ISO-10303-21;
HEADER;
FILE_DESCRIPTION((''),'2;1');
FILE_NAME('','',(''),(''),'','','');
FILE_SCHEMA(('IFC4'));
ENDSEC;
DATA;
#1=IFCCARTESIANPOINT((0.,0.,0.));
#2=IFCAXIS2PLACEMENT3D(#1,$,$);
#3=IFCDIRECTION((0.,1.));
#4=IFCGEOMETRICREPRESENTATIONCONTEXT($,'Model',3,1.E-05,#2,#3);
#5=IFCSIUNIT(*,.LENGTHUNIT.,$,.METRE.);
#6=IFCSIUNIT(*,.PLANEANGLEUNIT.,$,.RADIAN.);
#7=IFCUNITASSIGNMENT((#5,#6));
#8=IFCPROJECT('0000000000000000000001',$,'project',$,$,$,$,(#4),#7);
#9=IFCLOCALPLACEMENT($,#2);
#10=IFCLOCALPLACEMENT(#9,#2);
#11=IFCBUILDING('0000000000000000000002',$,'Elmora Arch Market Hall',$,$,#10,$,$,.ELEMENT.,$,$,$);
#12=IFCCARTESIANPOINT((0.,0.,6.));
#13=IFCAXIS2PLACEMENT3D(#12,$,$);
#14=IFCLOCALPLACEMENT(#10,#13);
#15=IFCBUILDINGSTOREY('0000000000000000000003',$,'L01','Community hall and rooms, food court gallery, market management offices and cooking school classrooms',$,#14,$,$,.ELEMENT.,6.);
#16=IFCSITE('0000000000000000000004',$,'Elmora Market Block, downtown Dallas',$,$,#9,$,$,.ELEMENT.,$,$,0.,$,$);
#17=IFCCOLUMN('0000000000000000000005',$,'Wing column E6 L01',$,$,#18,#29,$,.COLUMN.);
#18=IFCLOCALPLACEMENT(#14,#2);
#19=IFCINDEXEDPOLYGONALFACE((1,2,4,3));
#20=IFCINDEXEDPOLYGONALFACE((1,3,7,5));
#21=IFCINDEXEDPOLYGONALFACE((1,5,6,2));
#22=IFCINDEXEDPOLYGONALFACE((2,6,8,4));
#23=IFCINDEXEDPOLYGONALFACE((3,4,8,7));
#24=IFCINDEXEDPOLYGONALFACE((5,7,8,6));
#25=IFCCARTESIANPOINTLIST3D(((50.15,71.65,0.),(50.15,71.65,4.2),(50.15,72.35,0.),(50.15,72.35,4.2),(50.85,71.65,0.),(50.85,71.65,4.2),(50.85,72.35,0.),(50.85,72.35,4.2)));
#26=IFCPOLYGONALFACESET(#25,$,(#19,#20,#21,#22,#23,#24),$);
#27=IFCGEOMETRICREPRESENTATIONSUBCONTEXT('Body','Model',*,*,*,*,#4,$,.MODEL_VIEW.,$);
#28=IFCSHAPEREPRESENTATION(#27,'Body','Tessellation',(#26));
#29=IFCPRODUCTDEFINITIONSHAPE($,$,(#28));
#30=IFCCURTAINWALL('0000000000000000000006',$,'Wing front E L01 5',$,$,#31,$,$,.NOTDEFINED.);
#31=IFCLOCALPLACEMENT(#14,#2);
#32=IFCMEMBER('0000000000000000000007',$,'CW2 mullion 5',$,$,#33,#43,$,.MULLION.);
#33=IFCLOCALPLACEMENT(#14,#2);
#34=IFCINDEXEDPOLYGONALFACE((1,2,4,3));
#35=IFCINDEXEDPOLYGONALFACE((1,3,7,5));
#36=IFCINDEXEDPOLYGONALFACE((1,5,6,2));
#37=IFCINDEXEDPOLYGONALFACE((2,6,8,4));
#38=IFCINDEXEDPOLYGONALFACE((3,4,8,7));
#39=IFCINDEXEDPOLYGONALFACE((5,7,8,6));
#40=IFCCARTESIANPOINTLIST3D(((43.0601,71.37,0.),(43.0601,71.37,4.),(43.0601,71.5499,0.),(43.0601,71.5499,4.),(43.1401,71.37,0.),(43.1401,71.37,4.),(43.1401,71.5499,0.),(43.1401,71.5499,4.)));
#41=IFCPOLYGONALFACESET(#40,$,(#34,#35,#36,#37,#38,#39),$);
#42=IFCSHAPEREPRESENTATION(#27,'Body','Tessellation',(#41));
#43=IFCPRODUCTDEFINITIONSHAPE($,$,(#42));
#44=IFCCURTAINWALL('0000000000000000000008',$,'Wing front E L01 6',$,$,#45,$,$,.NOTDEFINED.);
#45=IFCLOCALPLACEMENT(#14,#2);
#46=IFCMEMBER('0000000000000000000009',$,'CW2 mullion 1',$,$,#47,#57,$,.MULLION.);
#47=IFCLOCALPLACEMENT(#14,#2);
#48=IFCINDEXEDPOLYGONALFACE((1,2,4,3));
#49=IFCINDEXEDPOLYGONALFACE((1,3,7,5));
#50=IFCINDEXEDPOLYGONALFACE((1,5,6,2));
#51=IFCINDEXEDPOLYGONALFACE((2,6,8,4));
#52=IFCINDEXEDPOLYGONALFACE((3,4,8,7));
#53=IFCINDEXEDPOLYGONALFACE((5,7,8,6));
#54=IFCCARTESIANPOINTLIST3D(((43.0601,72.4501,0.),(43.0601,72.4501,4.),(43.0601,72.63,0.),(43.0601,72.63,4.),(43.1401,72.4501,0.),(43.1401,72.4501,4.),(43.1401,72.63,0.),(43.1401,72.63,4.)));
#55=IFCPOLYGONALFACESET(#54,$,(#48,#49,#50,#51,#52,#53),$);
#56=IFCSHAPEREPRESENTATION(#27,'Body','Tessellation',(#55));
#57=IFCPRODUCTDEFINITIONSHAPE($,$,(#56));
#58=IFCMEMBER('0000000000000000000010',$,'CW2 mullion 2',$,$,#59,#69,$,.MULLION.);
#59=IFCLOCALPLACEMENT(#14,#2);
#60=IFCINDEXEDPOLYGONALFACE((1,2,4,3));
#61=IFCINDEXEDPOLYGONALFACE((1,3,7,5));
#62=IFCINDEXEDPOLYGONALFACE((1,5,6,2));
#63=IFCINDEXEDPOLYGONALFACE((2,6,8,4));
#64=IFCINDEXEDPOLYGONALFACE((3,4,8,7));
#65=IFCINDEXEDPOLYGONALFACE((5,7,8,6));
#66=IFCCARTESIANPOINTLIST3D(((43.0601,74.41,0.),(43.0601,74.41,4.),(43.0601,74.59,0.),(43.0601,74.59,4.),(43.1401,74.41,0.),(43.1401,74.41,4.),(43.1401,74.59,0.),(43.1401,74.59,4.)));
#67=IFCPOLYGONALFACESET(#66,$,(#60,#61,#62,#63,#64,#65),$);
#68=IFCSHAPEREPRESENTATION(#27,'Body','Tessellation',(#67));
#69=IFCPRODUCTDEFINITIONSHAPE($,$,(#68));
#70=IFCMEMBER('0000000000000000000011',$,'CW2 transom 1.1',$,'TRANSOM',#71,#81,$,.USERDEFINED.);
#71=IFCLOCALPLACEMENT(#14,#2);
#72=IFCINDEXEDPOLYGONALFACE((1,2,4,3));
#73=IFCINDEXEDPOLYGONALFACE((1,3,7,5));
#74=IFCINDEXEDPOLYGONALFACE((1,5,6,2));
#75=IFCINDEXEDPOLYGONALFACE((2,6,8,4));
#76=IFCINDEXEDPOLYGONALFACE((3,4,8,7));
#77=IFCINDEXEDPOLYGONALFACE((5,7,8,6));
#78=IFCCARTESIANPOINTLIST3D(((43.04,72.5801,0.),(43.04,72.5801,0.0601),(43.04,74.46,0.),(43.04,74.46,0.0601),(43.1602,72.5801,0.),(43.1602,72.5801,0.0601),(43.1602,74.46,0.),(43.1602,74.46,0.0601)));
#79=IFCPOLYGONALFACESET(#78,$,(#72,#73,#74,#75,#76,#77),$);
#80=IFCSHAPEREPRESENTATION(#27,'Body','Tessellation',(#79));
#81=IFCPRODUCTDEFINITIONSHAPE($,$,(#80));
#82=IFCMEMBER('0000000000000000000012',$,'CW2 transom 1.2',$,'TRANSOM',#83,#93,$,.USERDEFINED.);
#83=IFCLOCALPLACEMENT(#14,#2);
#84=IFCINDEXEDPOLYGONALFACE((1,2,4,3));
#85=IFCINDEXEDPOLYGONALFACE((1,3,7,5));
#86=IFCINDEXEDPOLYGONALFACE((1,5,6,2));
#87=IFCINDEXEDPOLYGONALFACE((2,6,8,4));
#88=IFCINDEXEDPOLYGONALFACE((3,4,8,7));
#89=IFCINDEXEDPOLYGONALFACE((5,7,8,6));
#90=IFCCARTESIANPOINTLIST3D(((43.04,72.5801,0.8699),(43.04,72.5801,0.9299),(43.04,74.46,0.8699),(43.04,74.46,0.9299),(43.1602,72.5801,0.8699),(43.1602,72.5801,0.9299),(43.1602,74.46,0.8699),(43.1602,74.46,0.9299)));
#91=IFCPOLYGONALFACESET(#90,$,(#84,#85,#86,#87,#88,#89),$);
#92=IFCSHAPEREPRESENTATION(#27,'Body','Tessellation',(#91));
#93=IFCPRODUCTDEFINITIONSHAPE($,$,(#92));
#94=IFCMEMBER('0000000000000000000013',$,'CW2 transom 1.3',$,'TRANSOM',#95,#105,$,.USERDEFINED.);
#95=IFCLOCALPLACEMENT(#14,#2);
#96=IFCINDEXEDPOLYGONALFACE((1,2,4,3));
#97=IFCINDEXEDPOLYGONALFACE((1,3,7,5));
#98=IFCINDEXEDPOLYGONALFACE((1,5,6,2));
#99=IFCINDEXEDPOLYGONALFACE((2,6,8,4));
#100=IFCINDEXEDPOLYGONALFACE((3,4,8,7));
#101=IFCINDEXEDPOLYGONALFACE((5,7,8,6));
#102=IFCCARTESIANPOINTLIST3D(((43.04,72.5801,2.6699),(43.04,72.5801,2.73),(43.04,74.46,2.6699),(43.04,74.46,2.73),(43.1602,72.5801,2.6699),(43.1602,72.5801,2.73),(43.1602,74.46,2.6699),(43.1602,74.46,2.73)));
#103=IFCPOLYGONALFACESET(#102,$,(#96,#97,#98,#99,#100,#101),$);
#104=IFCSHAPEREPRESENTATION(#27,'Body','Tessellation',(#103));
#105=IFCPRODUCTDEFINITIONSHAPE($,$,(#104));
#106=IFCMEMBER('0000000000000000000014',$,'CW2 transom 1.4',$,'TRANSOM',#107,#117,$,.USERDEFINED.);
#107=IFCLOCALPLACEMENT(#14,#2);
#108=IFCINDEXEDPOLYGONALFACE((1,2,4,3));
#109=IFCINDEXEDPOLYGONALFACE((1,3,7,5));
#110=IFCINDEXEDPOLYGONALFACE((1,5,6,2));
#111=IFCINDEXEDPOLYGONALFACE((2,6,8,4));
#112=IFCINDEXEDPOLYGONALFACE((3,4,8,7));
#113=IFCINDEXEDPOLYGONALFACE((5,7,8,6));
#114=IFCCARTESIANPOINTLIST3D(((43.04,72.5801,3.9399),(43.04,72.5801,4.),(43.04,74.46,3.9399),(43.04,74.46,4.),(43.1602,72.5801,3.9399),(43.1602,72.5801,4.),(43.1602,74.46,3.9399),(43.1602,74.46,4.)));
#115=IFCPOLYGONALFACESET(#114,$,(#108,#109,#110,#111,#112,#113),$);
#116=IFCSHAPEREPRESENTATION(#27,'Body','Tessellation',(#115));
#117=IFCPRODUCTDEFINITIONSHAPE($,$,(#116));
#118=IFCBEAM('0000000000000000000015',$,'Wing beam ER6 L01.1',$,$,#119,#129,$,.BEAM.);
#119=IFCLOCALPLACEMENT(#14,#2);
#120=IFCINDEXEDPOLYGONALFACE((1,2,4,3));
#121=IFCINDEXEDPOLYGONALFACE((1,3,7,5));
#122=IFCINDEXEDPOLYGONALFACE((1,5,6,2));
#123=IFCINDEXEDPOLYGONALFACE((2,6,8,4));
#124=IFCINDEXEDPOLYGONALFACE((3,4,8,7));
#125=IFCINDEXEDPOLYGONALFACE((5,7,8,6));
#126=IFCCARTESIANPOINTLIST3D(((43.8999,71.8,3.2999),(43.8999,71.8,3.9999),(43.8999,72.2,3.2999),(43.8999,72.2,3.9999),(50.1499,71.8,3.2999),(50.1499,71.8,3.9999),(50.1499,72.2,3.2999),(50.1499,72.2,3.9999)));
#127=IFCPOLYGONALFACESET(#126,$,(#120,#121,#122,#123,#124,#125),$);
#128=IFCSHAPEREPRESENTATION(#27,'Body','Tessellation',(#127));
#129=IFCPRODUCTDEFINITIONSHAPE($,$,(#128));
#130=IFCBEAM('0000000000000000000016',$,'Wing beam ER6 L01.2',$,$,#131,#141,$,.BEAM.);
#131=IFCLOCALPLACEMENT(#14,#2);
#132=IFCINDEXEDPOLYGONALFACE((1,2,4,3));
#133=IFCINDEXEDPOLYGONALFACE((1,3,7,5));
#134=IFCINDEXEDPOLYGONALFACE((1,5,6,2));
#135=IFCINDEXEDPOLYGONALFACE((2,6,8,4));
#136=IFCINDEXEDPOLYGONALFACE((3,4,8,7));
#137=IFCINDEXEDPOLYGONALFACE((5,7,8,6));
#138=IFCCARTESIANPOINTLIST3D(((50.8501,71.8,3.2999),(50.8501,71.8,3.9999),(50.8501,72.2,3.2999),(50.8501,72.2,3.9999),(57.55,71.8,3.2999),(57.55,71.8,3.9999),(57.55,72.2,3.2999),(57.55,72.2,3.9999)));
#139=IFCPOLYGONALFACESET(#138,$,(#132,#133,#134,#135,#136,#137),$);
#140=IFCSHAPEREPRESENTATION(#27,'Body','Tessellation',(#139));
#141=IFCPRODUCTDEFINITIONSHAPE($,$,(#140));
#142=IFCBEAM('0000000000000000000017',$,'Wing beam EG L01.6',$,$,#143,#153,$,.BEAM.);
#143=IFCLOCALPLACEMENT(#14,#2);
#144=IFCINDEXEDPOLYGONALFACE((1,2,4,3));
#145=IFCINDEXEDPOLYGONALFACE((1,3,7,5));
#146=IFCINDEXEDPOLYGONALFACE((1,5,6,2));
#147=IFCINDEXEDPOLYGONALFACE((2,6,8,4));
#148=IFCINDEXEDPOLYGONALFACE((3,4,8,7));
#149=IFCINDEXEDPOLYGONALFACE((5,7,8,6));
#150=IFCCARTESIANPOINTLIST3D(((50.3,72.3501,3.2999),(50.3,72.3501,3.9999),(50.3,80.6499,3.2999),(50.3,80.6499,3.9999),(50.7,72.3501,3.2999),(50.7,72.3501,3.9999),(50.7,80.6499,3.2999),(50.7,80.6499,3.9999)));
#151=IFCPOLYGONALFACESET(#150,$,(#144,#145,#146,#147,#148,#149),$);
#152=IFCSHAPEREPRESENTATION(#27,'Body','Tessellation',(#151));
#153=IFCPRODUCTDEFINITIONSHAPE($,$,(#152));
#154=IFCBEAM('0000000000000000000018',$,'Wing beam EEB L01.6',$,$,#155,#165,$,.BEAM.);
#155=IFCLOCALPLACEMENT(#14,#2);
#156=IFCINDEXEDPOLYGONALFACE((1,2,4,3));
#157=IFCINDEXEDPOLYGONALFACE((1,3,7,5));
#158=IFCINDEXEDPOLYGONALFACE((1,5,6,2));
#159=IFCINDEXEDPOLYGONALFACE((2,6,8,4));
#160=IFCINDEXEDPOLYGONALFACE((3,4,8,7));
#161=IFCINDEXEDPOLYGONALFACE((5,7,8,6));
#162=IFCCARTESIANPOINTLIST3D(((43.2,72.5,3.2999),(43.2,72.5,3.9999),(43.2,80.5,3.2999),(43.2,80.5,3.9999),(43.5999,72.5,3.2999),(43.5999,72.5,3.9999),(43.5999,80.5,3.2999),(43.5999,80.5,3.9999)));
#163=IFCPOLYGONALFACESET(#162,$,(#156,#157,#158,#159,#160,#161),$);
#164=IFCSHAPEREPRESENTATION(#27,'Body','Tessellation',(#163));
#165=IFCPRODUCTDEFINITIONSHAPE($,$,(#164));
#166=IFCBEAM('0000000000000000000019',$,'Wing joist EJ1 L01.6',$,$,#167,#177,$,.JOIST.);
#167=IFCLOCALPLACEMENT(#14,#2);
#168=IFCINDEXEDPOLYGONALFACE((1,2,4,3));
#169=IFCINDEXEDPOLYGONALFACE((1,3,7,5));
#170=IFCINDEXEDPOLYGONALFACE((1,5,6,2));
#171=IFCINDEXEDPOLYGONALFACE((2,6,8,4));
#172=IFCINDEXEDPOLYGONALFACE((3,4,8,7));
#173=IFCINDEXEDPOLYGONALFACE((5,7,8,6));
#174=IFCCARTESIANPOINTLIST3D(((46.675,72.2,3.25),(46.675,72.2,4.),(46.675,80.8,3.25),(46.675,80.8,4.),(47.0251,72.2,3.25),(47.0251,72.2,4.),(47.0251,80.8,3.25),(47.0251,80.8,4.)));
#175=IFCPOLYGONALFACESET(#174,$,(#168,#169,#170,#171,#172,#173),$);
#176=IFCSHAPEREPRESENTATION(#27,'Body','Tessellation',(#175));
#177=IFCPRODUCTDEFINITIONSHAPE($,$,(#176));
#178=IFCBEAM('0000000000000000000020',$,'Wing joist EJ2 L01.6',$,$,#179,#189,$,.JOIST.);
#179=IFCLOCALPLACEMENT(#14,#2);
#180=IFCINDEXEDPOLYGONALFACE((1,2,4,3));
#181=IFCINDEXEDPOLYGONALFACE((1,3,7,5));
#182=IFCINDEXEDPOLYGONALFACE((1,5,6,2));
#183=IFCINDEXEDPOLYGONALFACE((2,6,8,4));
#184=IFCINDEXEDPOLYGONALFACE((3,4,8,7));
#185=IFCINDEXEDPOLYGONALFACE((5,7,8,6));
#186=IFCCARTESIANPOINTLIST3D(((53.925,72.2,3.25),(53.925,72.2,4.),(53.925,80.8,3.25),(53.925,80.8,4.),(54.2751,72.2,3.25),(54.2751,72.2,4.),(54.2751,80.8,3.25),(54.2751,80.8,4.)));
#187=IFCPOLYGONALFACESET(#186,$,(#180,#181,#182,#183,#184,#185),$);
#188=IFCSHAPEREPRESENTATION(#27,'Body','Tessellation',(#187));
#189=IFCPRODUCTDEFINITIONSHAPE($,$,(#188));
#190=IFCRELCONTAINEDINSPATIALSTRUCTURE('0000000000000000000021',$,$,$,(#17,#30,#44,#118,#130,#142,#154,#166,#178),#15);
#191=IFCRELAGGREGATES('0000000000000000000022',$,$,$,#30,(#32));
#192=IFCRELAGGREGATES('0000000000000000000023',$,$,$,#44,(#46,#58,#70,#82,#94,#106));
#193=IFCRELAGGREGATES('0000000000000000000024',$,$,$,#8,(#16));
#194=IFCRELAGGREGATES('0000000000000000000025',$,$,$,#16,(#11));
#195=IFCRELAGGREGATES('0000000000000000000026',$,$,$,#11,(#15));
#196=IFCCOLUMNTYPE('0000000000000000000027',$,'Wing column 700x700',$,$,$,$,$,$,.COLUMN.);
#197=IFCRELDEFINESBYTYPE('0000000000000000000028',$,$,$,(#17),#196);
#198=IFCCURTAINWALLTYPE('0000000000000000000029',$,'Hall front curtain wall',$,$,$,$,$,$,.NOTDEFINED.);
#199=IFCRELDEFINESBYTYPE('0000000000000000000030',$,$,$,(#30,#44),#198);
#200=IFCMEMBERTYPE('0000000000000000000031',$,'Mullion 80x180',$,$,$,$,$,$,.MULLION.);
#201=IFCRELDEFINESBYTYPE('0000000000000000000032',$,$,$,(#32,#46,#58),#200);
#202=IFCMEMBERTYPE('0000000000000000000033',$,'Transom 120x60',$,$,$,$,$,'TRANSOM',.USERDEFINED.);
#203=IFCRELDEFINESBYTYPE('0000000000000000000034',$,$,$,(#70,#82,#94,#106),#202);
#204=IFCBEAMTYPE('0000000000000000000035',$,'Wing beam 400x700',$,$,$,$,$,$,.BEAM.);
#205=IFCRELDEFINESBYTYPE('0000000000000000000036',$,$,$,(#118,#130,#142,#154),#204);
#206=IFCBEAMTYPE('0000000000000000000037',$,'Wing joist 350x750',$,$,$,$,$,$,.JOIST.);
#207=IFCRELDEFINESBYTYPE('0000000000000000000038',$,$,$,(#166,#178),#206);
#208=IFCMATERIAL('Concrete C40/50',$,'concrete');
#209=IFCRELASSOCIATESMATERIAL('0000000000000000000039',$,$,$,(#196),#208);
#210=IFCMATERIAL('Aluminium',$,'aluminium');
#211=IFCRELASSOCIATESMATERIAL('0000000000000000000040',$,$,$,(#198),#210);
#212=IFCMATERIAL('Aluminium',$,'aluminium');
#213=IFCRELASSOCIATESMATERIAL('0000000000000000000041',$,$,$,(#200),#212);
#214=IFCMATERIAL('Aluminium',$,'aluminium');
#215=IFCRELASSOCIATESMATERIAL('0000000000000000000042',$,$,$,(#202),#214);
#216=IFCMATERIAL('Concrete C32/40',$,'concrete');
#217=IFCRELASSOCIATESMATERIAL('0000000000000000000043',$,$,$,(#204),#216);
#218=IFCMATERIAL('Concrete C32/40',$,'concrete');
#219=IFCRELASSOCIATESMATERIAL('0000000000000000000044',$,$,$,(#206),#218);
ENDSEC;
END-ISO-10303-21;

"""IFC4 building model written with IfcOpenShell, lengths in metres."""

from ifc_helpers import new_model, si_unit, direction, frame, origin, origin_2d, place, context, subcontext, project, spatial, rectangle, extrude, material, material_profile, profile_set, type_object, element, aggregate, save


model = new_model("IFC4")

# Units and contexts
model_context = context("Model", 3, precision=1e-05, world=origin(), true_north=direction((0.0, 1.0)))
body_context = subcontext(model_context, "Body", "Model", "MODEL_VIEW")
ifc_project = project(units=[si_unit("LENGTHUNIT", "METRE"), si_unit("PLANEANGLEUNIT", "RADIAN")], contexts=[model_context])

# Site, building, storey
site_placement = place(None, origin())
site = spatial("IfcSite", under=ifc_project, at=site_placement, Name="Elmora Market Block, downtown Dallas", CompositionType="ELEMENT", RefElevation=0.0)
building_placement = place(site_placement, origin())
building = spatial("IfcBuilding", under=site, at=building_placement, Name="Elmora Arch Market Hall", CompositionType="ELEMENT")
storey_placement = place(building_placement, frame((0.0, 0.0, 6.0)))
storey = spatial("IfcBuildingStorey", under=building, at=storey_placement, Name="L01", Description="Community hall and rooms, food court gallery, market management offices and cooking school classrooms", CompositionType="ELEMENT", Elevation=6.0)

# Column
ifc_material_1 = material(Name="Concrete C40/50", Category="concrete")
ifc_material_profile_1 = material_profile(ifc_material_1, rectangle(XDim=0.7, YDim=0.7, at=origin_2d()), Name="Wing column 700x700")
ifc_profile_set_1 = profile_set([ifc_material_profile_1], Name="Concrete C40/50")
column_type = type_object("IfcColumnType", Name="Wing column 700x700", PredefinedType="COLUMN", material=ifc_profile_set_1)
column_placement = place(storey_placement, frame((50.5, 72.0, 0.0), z_axis=(0.0, 0.0, 1.0), x_axis=(1.0, 0.0, 0.0)))
element("IfcColumn", 1, at=column_placement, inside=storey, type_object=column_type, Name="Wing column E6 L01", PredefinedType="COLUMN", context=body_context, shape_type="SweptSolid", body=[
    extrude(rectangle(XDim=0.7, YDim=0.7, at=origin_2d()), origin(), (0.0, 0.0, 1.0), 4.2),
])

# Curtain wall, member
ifc_material_2 = material(Name="Aluminium", Category="aluminium")
curtain_wall_type = type_object("IfcCurtainWallType", Name="Hall front curtain wall", PredefinedType="NOTDEFINED", material=ifc_material_2)
curtain_wall_1_placement = place(storey_placement, origin())
curtain_wall_1 = element("IfcCurtainWall", 2, at=curtain_wall_1_placement, inside=storey, type_object=curtain_wall_type, Name="Wing front E L01 5", PredefinedType="NOTDEFINED")
ifc_material_3 = material(Name="Aluminium", Category="aluminium")
ifc_material_profile_2 = material_profile(ifc_material_3, rectangle(XDim=0.0801, YDim=0.1799, at=origin_2d()), Name="AL 80x180")
ifc_profile_set_2 = profile_set([ifc_material_profile_2], Name="Aluminium")
member_type_1 = type_object("IfcMemberType", Name="Mullion 80x180", PredefinedType="MULLION", material=ifc_profile_set_2)
member_1_placement = place(storey_placement, frame((43.1001, 71.46, 0.0), z_axis=(0.0, 0.0, 1.0), x_axis=(-1.0, 0.0, 0.0)))
member_1 = element("IfcMember", 3, at=member_1_placement, type_object=member_type_1, Name="CW2 mullion 5", PredefinedType="MULLION", context=body_context, shape_type="SweptSolid", body=[
    extrude(rectangle(XDim=0.0801, YDim=0.1799, at=origin_2d()), origin(), (0.0, 0.0, 1.0), 4.0),
])

# Curtain wall, members
curtain_wall_2_placement = place(storey_placement, origin())
curtain_wall_2 = element("IfcCurtainWall", 4, at=curtain_wall_2_placement, inside=storey, type_object=curtain_wall_type, Name="Wing front E L01 6", PredefinedType="NOTDEFINED")
member_2_placement = place(storey_placement, frame((43.1001, 72.54, 0.0), z_axis=(0.0, 0.0, 1.0), x_axis=(-1.0, 0.0, 0.0)))
member_2 = element("IfcMember", 5, at=member_2_placement, type_object=member_type_1, Name="CW2 mullion 1", PredefinedType="MULLION", context=body_context, shape_type="SweptSolid", body=[
    extrude(rectangle(XDim=0.0801, YDim=0.1799, at=origin_2d()), origin(), (0.0, 0.0, 1.0), 4.0),
])
member_3_placement = place(storey_placement, frame((43.1001, 74.5, 0.0), z_axis=(0.0, 0.0, 1.0), x_axis=(-1.0, 0.0, 0.0)))
member_3 = element("IfcMember", 6, at=member_3_placement, type_object=member_type_1, Name="CW2 mullion 2", PredefinedType="MULLION", context=body_context, shape_type="SweptSolid", body=[
    extrude(rectangle(XDim=0.0801, YDim=0.1799, at=origin_2d()), origin(), (0.0, 0.0, 1.0), 4.0),
])
ifc_material_4 = material(Name="Aluminium", Category="aluminium")
ifc_material_profile_3 = material_profile(ifc_material_4, rectangle(XDim=0.1201, YDim=0.0601, at=origin_2d()), Name="AL 120x60")
ifc_profile_set_3 = profile_set([ifc_material_profile_3], Name="Aluminium")
member_type_2 = type_object("IfcMemberType", Name="Transom 120x60", ElementType="TRANSOM", PredefinedType="USERDEFINED", material=ifc_profile_set_3)
member_4_placement = place(storey_placement, frame((43.1001, 72.5801, 0.03), z_axis=(0.0, 1.0, 0.0), x_axis=(-1.0, 0.0, 0.0)))
member_4 = element("IfcMember", 7, at=member_4_placement, type_object=member_type_2, Name="CW2 transom 1.1", ObjectType="TRANSOM", PredefinedType="USERDEFINED", context=body_context, shape_type="SweptSolid", body=[
    extrude(rectangle(XDim=0.1201, YDim=0.0601, at=origin_2d()), origin(), (0.0, 0.0, 1.0), 1.8799),
])
member_5_placement = place(storey_placement, frame((43.1001, 72.5801, 0.8999), z_axis=(0.0, 1.0, 0.0), x_axis=(-1.0, 0.0, 0.0)))
member_5 = element("IfcMember", 8, at=member_5_placement, type_object=member_type_2, Name="CW2 transom 1.2", ObjectType="TRANSOM", PredefinedType="USERDEFINED", context=body_context, shape_type="SweptSolid", body=[
    extrude(rectangle(XDim=0.1201, YDim=0.0601, at=origin_2d()), origin(), (0.0, 0.0, 1.0), 1.8799),
])
member_6_placement = place(storey_placement, frame((43.1001, 72.5801, 2.7), z_axis=(0.0, 1.0, 0.0), x_axis=(-1.0, 0.0, 0.0)))
member_6 = element("IfcMember", 9, at=member_6_placement, type_object=member_type_2, Name="CW2 transom 1.3", ObjectType="TRANSOM", PredefinedType="USERDEFINED", context=body_context, shape_type="SweptSolid", body=[
    extrude(rectangle(XDim=0.1201, YDim=0.0601, at=origin_2d()), origin(), (0.0, 0.0, 1.0), 1.8799),
])
member_7_placement = place(storey_placement, frame((43.1001, 72.5801, 3.97), z_axis=(0.0, 1.0, 0.0), x_axis=(-1.0, 0.0, 0.0)))
member_7 = element("IfcMember", 10, at=member_7_placement, type_object=member_type_2, Name="CW2 transom 1.4", ObjectType="TRANSOM", PredefinedType="USERDEFINED", context=body_context, shape_type="SweptSolid", body=[
    extrude(rectangle(XDim=0.1201, YDim=0.0601, at=origin_2d()), origin(), (0.0, 0.0, 1.0), 1.8799),
])

# Beams
ifc_material_5 = material(Name="Concrete C32/40", Category="concrete")
ifc_material_profile_4 = material_profile(ifc_material_5, rectangle(XDim=0.3999, YDim=0.7, at=origin_2d()), Name="Wing beam 400x700")
ifc_profile_set_4 = profile_set([ifc_material_profile_4], Name="Concrete C32/40")
beam_type_1 = type_object("IfcBeamType", Name="Wing beam 400x700", PredefinedType="BEAM", material=ifc_profile_set_4)
beam_1_placement = place(storey_placement, frame((43.8999, 72.0, 3.6499), z_axis=(1.0, 0.0, 0.0), x_axis=(0.0, 1.0, 0.0)))
element("IfcBeam", 11, at=beam_1_placement, inside=storey, type_object=beam_type_1, Name="Wing beam ER6 L01.1", PredefinedType="BEAM", context=body_context, shape_type="SweptSolid", body=[
    extrude(rectangle(XDim=0.3999, YDim=0.7, at=origin_2d()), origin(), (0.0, 0.0, 1.0), 6.25),
])
beam_2_placement = place(storey_placement, frame((50.8501, 72.0, 3.6499), z_axis=(1.0, 0.0, 0.0), x_axis=(0.0, 1.0, 0.0)))
element("IfcBeam", 12, at=beam_2_placement, inside=storey, type_object=beam_type_1, Name="Wing beam ER6 L01.2", PredefinedType="BEAM", context=body_context, shape_type="SweptSolid", body=[
    extrude(rectangle(XDim=0.3999, YDim=0.7, at=origin_2d()), origin(), (0.0, 0.0, 1.0), 6.7),
])
beam_3_placement = place(storey_placement, frame((50.5, 72.3501, 3.6499), z_axis=(0.0, 1.0, 0.0), x_axis=(-1.0, 0.0, 0.0)))
element("IfcBeam", 13, at=beam_3_placement, inside=storey, type_object=beam_type_1, Name="Wing beam EG L01.6", PredefinedType="BEAM", context=body_context, shape_type="SweptSolid", body=[
    extrude(rectangle(XDim=0.3999, YDim=0.7, at=origin_2d()), origin(), (0.0, 0.0, 1.0), 8.2998),
])
beam_4_placement = place(storey_placement, frame((43.3999, 72.5, 3.6499), z_axis=(0.0, 1.0, 0.0), x_axis=(-1.0, 0.0, 0.0)))
element("IfcBeam", 14, at=beam_4_placement, inside=storey, type_object=beam_type_1, Name="Wing beam EEB L01.6", PredefinedType="BEAM", context=body_context, shape_type="SweptSolid", body=[
    extrude(rectangle(XDim=0.3999, YDim=0.7, at=origin_2d()), origin(), (0.0, 0.0, 1.0), 8.0),
])
ifc_material_6 = material(Name="Concrete C32/40", Category="concrete")
ifc_material_profile_5 = material_profile(ifc_material_6, rectangle(XDim=0.3501, YDim=0.75, at=origin_2d()), Name="Wing joist 350x750")
ifc_profile_set_5 = profile_set([ifc_material_profile_5], Name="Concrete C32/40")
beam_type_2 = type_object("IfcBeamType", Name="Wing joist 350x750", PredefinedType="JOIST", material=ifc_profile_set_5)
for number, where, z_axis, x_axis, name in (
    (15, (46.8501, 72.2, 3.625), (0.0, 1.0, 0.0), (-1.0, 0.0, 0.0), "Wing joist EJ1 L01.6"),
    (16, (54.1001, 72.2, 3.625), (0.0, 1.0, 0.0), (-1.0, 0.0, 0.0), "Wing joist EJ2 L01.6"),
):
    element("IfcBeam", number, at=place(storey_placement, frame(where, z_axis=z_axis, x_axis=x_axis)), inside=storey, type_object=beam_type_2, Name=name, PredefinedType="JOIST", context=body_context, shape_type="SweptSolid", body=[
        extrude(rectangle(XDim=0.3501, YDim=0.75, at=origin_2d()), origin(), (0.0, 0.0, 1.0), 8.6001),
    ])

aggregate(curtain_wall_1, [member_1])
aggregate(curtain_wall_2, [member_2, member_3, member_4, member_5, member_6, member_7])

save(model, "model.ifc")
